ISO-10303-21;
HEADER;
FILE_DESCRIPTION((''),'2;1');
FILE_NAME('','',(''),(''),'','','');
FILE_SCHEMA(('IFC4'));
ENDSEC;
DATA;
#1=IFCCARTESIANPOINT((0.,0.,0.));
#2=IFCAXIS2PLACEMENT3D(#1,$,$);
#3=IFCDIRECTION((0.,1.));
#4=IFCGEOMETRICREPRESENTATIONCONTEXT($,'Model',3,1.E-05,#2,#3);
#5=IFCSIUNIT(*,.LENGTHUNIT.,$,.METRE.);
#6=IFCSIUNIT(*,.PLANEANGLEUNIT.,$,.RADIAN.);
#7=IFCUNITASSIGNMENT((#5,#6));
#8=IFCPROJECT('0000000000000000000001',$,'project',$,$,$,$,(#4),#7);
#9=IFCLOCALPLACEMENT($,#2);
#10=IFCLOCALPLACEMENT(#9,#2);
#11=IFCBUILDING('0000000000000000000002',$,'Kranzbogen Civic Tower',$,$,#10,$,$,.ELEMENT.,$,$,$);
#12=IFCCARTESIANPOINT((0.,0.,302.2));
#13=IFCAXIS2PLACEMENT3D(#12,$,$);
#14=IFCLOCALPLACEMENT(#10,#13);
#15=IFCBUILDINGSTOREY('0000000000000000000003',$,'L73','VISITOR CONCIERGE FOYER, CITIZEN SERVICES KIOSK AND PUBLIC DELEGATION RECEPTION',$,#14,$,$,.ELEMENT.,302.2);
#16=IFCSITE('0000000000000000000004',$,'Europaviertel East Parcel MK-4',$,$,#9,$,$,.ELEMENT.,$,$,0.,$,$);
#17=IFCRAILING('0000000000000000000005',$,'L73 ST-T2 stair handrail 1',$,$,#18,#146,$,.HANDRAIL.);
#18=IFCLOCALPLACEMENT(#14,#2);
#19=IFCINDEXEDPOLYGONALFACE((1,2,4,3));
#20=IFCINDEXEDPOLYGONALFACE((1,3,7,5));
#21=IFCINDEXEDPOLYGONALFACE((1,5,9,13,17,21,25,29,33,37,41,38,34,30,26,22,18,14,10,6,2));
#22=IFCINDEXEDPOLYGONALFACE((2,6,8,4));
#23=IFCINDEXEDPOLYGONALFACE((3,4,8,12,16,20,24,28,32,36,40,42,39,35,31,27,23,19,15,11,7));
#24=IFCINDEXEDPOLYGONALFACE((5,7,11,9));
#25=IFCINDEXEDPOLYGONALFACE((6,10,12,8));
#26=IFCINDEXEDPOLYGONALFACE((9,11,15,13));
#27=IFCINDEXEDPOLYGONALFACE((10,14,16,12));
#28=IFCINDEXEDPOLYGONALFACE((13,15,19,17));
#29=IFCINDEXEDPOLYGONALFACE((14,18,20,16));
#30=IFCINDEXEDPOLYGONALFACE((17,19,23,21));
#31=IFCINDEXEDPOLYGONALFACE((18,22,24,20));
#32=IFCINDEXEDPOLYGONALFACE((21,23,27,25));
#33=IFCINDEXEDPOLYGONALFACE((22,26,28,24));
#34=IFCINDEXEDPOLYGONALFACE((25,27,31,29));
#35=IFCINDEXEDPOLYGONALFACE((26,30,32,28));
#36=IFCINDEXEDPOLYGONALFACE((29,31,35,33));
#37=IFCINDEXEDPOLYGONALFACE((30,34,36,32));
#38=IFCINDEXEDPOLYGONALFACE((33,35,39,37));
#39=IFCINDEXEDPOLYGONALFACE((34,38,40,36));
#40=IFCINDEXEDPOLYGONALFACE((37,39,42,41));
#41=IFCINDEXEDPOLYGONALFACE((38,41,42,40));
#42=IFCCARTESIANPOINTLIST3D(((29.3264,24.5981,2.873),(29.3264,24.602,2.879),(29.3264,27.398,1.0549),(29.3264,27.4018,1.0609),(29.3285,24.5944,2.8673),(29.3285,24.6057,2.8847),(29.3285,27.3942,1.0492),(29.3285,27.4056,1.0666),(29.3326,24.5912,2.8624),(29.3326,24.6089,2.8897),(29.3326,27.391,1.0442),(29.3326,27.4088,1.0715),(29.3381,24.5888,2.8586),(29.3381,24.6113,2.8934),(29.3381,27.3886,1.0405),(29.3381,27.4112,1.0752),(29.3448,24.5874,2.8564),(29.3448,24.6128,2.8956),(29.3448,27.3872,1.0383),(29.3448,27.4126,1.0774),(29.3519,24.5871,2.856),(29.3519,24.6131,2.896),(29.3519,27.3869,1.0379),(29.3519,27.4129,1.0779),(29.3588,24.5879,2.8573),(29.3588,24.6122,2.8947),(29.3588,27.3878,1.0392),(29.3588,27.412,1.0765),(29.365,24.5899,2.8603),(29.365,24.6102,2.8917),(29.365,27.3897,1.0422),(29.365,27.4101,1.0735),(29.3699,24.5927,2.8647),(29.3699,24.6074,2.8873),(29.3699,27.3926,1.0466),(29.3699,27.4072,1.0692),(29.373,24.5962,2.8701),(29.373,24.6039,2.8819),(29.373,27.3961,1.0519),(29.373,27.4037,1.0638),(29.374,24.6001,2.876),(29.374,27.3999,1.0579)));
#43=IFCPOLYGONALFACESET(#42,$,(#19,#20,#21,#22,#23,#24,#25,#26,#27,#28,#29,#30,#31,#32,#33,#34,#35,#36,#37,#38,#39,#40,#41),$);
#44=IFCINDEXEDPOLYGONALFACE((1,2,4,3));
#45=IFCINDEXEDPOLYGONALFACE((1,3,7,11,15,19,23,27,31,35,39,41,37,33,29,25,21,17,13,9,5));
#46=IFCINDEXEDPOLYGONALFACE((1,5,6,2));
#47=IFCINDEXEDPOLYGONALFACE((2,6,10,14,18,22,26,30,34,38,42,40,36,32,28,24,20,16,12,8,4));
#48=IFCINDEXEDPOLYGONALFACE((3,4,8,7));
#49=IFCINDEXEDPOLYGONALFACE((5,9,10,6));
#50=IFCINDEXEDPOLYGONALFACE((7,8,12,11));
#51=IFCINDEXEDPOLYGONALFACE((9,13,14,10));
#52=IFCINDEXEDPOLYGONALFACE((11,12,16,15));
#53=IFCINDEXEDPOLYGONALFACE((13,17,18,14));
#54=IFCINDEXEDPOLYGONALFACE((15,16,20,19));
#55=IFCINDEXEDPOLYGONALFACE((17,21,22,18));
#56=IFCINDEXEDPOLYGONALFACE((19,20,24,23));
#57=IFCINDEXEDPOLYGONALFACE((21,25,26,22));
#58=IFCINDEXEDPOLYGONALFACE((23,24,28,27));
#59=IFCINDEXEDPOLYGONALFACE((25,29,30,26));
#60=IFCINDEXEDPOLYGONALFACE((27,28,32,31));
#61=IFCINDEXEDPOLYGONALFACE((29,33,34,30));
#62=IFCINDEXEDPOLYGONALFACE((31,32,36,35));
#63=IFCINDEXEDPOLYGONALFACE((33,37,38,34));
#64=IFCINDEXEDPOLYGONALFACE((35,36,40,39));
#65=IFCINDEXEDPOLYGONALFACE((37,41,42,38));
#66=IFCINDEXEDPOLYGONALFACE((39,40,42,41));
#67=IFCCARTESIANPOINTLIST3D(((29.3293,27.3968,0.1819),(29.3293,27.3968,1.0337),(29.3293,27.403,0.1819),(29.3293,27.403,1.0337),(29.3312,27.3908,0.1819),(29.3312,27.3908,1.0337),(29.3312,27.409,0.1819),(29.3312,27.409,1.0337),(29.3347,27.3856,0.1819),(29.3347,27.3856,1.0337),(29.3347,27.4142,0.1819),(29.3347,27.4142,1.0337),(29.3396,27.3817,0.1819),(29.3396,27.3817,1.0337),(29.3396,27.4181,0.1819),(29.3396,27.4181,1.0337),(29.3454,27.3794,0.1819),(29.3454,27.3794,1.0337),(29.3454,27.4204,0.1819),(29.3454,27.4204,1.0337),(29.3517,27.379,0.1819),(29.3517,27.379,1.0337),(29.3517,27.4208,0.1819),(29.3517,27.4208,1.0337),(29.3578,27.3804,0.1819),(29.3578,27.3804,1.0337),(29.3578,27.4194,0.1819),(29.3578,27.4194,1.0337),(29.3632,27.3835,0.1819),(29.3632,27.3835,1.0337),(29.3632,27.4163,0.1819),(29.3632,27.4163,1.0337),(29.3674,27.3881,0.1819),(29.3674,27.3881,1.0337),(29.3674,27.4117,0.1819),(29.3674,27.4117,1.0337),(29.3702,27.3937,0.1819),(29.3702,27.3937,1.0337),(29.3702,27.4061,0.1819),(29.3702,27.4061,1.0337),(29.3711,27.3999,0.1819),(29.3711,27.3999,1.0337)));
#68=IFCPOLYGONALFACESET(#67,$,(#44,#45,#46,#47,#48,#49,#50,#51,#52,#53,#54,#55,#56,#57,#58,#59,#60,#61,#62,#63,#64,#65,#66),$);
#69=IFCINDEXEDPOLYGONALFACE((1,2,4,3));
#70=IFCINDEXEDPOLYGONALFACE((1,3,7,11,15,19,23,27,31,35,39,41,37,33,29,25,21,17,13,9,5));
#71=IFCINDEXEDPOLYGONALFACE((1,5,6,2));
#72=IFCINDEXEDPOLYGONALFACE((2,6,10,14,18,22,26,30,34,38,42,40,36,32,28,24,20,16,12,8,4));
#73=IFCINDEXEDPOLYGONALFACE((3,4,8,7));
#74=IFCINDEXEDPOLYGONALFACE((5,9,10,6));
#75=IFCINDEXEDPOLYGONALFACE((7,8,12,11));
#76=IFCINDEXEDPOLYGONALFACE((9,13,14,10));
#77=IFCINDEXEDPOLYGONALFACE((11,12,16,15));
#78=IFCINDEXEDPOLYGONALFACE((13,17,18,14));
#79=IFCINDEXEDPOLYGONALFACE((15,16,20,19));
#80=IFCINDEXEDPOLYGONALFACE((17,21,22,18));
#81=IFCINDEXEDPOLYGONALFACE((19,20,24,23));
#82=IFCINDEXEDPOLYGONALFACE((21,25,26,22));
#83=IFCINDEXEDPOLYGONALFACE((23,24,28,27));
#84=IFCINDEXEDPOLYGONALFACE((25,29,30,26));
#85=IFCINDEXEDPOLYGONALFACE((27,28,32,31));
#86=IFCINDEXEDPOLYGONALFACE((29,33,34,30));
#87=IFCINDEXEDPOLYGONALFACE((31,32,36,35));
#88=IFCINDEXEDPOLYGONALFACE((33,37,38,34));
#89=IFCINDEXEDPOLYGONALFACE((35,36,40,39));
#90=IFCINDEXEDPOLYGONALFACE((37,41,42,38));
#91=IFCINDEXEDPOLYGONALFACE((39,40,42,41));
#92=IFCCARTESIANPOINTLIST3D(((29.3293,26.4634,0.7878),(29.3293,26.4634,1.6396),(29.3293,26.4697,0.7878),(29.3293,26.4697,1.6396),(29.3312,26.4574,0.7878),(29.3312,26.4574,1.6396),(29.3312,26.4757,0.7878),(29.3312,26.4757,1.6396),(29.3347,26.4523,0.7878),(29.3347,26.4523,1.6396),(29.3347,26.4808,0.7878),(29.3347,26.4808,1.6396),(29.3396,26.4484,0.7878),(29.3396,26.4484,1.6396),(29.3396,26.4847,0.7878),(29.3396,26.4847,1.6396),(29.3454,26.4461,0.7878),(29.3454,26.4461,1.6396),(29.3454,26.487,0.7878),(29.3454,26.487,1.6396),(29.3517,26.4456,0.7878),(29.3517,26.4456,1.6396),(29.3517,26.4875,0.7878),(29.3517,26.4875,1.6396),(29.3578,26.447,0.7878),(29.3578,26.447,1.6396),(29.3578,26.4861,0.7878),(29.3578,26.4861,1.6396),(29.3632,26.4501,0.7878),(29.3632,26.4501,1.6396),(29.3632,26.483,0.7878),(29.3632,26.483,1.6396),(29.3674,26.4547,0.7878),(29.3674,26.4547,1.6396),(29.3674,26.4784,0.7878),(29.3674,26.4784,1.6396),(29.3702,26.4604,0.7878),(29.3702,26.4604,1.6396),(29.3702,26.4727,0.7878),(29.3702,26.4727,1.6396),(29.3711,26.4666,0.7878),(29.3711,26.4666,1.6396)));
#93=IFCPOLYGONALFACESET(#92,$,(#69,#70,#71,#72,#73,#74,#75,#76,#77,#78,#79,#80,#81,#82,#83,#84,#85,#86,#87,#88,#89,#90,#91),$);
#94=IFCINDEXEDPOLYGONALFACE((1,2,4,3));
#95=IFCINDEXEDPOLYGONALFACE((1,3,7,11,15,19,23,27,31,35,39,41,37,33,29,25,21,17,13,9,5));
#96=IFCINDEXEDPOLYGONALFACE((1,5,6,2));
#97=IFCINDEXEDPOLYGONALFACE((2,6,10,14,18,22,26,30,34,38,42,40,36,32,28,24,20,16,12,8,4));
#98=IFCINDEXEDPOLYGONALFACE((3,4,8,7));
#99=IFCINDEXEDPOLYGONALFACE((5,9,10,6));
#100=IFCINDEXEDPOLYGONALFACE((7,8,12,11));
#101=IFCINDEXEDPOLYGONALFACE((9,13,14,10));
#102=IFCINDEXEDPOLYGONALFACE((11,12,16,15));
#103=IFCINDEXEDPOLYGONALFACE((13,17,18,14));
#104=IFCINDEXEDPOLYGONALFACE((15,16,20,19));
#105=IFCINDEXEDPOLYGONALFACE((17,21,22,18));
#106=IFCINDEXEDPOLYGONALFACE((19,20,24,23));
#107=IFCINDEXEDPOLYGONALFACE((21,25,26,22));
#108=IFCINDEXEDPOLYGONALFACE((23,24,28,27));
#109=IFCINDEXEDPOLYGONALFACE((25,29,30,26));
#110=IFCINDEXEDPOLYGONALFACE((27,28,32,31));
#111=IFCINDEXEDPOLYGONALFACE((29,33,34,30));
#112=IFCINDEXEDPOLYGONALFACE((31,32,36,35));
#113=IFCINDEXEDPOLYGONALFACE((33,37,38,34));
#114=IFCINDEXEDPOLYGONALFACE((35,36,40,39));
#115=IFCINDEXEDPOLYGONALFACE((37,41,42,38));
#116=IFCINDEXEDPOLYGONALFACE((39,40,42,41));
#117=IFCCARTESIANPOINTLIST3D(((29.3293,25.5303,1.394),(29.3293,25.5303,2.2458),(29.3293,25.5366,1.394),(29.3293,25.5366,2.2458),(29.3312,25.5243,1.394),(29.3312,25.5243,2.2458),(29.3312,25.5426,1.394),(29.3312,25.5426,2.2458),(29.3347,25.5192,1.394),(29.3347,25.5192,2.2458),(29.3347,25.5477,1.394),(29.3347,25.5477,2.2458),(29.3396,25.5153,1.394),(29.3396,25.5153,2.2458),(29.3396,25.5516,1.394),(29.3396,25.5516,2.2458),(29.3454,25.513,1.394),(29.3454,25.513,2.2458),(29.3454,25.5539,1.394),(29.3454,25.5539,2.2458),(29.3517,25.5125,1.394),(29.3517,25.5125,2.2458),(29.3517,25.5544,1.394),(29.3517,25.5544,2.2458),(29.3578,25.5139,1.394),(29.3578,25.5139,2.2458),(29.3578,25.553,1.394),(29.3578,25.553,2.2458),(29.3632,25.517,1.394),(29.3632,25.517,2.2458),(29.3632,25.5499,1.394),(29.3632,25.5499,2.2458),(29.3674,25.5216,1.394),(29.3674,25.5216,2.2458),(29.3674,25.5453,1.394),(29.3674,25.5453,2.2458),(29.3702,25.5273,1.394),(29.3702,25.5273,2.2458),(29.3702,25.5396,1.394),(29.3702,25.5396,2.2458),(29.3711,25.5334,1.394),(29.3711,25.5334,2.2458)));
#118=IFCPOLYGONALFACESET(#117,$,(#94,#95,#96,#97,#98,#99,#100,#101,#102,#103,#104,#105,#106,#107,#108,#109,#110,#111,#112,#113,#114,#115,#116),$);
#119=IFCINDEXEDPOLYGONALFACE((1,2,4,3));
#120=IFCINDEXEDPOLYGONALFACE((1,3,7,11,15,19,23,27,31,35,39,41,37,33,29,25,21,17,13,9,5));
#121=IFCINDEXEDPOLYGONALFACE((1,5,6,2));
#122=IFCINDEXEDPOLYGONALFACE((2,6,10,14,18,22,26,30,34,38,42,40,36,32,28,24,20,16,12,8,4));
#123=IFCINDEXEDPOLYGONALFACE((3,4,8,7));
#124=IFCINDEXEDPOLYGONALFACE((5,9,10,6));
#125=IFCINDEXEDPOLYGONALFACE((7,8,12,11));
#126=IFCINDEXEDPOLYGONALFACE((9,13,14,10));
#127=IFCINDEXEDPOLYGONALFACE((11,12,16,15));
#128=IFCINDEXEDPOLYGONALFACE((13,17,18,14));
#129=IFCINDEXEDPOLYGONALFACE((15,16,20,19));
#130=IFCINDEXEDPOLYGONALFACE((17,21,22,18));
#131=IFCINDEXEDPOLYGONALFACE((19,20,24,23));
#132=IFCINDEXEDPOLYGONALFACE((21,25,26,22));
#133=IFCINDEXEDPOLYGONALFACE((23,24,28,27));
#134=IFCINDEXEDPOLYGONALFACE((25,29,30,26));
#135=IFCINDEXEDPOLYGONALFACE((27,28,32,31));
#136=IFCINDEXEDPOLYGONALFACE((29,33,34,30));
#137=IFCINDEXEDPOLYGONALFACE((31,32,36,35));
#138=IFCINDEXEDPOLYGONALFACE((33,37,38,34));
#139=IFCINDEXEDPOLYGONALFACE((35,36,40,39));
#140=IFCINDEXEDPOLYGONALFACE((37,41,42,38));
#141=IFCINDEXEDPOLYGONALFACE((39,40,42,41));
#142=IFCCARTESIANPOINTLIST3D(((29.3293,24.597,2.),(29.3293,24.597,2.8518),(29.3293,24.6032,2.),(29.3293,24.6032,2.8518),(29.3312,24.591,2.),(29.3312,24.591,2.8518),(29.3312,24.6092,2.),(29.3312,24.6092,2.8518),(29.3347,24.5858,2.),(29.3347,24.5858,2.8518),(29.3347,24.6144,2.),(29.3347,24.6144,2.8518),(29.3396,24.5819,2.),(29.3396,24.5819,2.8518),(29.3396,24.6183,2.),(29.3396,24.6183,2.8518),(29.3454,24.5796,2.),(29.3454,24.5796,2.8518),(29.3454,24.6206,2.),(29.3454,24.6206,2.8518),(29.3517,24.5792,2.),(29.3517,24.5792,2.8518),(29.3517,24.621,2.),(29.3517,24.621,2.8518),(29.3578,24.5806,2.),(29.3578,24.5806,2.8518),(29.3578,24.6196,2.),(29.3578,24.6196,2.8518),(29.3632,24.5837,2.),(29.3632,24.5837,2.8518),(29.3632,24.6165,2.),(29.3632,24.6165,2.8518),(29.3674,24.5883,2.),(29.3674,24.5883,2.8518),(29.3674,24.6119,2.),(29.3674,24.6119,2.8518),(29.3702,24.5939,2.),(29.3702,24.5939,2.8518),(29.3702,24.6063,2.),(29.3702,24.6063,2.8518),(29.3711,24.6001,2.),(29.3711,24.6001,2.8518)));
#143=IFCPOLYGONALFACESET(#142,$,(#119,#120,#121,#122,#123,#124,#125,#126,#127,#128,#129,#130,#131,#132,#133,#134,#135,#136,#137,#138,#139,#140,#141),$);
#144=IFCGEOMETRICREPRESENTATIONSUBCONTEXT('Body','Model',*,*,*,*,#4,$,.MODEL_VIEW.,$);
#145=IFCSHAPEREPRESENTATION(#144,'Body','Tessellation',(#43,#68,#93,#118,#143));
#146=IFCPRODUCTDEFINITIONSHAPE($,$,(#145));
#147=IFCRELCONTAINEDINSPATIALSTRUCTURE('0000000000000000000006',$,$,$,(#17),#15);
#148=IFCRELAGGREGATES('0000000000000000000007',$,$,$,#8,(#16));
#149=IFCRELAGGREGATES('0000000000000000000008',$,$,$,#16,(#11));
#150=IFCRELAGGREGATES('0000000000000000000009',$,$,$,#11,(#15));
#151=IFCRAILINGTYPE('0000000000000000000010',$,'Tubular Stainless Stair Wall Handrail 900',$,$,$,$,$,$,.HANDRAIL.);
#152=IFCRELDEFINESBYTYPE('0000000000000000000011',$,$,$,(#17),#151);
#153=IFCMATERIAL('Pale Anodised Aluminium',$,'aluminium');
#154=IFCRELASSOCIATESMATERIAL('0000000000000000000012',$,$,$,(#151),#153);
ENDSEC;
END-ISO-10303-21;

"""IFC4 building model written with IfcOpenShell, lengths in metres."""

from ifc_helpers import new_model, si_unit, direction, frame, origin, origin_2d, place, context, subcontext, project, spatial, circle, extrude, material, type_object, element, save


model = new_model("IFC4")

# Units and contexts
model_context = context("Model", 3, precision=1e-05, world=origin(), true_north=direction((0.0, 1.0)))
body_context = subcontext(model_context, "Body", "Model", "MODEL_VIEW")
ifc_project = project(units=[si_unit("LENGTHUNIT", "METRE"), si_unit("PLANEANGLEUNIT", "RADIAN")], contexts=[model_context])

# Site, building, storey
site_placement = place(None, origin())
site = spatial("IfcSite", under=ifc_project, at=site_placement, Name="Europaviertel East Parcel MK-4", CompositionType="ELEMENT", RefElevation=0.0)
building_placement = place(site_placement, origin())
building = spatial("IfcBuilding", under=site, at=building_placement, Name="Kranzbogen Civic Tower", CompositionType="ELEMENT")
storey_placement = place(building_placement, frame((0.0, 0.0, 302.2)))
storey = spatial("IfcBuildingStorey", under=building, at=storey_placement, Name="L73", Description="VISITOR CONCIERGE FOYER, CITIZEN SERVICES KIOSK AND PUBLIC DELEGATION RECEPTION", CompositionType="ELEMENT", Elevation=302.2)

# Shared definitions
ifc_material_1 = material(Name="Pale Anodised Aluminium", Category="aluminium")

# Railing
railing_type_1 = type_object("IfcRailingType", Name="Tubular Stainless Stair Wall Handrail 900", PredefinedType="HANDRAIL", material=ifc_material_1)
railing_1_placement = place(storey_placement, frame((29.3501, 27.3999, 0.1819)))
element("IfcRailing", 1, at=railing_1_placement, inside=storey, type_object=railing_type_1, Name="L73 ST-T2 stair handrail 1", PredefinedType="HANDRAIL", context=body_context, shape_type="SweptSolid", body=[
    extrude(circle(Radius=0.0239, at=origin_2d()), frame((0.0, 0.0, 0.876), z_axis=(0.0, -0.838684, 0.544618), x_axis=(1.0, 0.0, 0.0)), (0.0, 0.0, 1.0), 3.3384),
    extrude(circle(Radius=0.021, at=origin_2d()), origin(), (0.0, 0.0, 1.0), 0.8518),
    extrude(circle(Radius=0.021, at=origin_2d()), frame((0.0, -0.9333, 0.606)), (0.0, 0.0, 1.0), 0.8518),
    extrude(circle(Radius=0.021, at=origin_2d()), frame((0.0, -1.8665, 1.2122)), (0.0, 0.0, 1.0), 0.8518),
    extrude(circle(Radius=0.021, at=origin_2d()), frame((0.0, -2.7998, 1.8181)), (0.0, 0.0, 1.0), 0.8518),
])

save(model, "model.ifc")
